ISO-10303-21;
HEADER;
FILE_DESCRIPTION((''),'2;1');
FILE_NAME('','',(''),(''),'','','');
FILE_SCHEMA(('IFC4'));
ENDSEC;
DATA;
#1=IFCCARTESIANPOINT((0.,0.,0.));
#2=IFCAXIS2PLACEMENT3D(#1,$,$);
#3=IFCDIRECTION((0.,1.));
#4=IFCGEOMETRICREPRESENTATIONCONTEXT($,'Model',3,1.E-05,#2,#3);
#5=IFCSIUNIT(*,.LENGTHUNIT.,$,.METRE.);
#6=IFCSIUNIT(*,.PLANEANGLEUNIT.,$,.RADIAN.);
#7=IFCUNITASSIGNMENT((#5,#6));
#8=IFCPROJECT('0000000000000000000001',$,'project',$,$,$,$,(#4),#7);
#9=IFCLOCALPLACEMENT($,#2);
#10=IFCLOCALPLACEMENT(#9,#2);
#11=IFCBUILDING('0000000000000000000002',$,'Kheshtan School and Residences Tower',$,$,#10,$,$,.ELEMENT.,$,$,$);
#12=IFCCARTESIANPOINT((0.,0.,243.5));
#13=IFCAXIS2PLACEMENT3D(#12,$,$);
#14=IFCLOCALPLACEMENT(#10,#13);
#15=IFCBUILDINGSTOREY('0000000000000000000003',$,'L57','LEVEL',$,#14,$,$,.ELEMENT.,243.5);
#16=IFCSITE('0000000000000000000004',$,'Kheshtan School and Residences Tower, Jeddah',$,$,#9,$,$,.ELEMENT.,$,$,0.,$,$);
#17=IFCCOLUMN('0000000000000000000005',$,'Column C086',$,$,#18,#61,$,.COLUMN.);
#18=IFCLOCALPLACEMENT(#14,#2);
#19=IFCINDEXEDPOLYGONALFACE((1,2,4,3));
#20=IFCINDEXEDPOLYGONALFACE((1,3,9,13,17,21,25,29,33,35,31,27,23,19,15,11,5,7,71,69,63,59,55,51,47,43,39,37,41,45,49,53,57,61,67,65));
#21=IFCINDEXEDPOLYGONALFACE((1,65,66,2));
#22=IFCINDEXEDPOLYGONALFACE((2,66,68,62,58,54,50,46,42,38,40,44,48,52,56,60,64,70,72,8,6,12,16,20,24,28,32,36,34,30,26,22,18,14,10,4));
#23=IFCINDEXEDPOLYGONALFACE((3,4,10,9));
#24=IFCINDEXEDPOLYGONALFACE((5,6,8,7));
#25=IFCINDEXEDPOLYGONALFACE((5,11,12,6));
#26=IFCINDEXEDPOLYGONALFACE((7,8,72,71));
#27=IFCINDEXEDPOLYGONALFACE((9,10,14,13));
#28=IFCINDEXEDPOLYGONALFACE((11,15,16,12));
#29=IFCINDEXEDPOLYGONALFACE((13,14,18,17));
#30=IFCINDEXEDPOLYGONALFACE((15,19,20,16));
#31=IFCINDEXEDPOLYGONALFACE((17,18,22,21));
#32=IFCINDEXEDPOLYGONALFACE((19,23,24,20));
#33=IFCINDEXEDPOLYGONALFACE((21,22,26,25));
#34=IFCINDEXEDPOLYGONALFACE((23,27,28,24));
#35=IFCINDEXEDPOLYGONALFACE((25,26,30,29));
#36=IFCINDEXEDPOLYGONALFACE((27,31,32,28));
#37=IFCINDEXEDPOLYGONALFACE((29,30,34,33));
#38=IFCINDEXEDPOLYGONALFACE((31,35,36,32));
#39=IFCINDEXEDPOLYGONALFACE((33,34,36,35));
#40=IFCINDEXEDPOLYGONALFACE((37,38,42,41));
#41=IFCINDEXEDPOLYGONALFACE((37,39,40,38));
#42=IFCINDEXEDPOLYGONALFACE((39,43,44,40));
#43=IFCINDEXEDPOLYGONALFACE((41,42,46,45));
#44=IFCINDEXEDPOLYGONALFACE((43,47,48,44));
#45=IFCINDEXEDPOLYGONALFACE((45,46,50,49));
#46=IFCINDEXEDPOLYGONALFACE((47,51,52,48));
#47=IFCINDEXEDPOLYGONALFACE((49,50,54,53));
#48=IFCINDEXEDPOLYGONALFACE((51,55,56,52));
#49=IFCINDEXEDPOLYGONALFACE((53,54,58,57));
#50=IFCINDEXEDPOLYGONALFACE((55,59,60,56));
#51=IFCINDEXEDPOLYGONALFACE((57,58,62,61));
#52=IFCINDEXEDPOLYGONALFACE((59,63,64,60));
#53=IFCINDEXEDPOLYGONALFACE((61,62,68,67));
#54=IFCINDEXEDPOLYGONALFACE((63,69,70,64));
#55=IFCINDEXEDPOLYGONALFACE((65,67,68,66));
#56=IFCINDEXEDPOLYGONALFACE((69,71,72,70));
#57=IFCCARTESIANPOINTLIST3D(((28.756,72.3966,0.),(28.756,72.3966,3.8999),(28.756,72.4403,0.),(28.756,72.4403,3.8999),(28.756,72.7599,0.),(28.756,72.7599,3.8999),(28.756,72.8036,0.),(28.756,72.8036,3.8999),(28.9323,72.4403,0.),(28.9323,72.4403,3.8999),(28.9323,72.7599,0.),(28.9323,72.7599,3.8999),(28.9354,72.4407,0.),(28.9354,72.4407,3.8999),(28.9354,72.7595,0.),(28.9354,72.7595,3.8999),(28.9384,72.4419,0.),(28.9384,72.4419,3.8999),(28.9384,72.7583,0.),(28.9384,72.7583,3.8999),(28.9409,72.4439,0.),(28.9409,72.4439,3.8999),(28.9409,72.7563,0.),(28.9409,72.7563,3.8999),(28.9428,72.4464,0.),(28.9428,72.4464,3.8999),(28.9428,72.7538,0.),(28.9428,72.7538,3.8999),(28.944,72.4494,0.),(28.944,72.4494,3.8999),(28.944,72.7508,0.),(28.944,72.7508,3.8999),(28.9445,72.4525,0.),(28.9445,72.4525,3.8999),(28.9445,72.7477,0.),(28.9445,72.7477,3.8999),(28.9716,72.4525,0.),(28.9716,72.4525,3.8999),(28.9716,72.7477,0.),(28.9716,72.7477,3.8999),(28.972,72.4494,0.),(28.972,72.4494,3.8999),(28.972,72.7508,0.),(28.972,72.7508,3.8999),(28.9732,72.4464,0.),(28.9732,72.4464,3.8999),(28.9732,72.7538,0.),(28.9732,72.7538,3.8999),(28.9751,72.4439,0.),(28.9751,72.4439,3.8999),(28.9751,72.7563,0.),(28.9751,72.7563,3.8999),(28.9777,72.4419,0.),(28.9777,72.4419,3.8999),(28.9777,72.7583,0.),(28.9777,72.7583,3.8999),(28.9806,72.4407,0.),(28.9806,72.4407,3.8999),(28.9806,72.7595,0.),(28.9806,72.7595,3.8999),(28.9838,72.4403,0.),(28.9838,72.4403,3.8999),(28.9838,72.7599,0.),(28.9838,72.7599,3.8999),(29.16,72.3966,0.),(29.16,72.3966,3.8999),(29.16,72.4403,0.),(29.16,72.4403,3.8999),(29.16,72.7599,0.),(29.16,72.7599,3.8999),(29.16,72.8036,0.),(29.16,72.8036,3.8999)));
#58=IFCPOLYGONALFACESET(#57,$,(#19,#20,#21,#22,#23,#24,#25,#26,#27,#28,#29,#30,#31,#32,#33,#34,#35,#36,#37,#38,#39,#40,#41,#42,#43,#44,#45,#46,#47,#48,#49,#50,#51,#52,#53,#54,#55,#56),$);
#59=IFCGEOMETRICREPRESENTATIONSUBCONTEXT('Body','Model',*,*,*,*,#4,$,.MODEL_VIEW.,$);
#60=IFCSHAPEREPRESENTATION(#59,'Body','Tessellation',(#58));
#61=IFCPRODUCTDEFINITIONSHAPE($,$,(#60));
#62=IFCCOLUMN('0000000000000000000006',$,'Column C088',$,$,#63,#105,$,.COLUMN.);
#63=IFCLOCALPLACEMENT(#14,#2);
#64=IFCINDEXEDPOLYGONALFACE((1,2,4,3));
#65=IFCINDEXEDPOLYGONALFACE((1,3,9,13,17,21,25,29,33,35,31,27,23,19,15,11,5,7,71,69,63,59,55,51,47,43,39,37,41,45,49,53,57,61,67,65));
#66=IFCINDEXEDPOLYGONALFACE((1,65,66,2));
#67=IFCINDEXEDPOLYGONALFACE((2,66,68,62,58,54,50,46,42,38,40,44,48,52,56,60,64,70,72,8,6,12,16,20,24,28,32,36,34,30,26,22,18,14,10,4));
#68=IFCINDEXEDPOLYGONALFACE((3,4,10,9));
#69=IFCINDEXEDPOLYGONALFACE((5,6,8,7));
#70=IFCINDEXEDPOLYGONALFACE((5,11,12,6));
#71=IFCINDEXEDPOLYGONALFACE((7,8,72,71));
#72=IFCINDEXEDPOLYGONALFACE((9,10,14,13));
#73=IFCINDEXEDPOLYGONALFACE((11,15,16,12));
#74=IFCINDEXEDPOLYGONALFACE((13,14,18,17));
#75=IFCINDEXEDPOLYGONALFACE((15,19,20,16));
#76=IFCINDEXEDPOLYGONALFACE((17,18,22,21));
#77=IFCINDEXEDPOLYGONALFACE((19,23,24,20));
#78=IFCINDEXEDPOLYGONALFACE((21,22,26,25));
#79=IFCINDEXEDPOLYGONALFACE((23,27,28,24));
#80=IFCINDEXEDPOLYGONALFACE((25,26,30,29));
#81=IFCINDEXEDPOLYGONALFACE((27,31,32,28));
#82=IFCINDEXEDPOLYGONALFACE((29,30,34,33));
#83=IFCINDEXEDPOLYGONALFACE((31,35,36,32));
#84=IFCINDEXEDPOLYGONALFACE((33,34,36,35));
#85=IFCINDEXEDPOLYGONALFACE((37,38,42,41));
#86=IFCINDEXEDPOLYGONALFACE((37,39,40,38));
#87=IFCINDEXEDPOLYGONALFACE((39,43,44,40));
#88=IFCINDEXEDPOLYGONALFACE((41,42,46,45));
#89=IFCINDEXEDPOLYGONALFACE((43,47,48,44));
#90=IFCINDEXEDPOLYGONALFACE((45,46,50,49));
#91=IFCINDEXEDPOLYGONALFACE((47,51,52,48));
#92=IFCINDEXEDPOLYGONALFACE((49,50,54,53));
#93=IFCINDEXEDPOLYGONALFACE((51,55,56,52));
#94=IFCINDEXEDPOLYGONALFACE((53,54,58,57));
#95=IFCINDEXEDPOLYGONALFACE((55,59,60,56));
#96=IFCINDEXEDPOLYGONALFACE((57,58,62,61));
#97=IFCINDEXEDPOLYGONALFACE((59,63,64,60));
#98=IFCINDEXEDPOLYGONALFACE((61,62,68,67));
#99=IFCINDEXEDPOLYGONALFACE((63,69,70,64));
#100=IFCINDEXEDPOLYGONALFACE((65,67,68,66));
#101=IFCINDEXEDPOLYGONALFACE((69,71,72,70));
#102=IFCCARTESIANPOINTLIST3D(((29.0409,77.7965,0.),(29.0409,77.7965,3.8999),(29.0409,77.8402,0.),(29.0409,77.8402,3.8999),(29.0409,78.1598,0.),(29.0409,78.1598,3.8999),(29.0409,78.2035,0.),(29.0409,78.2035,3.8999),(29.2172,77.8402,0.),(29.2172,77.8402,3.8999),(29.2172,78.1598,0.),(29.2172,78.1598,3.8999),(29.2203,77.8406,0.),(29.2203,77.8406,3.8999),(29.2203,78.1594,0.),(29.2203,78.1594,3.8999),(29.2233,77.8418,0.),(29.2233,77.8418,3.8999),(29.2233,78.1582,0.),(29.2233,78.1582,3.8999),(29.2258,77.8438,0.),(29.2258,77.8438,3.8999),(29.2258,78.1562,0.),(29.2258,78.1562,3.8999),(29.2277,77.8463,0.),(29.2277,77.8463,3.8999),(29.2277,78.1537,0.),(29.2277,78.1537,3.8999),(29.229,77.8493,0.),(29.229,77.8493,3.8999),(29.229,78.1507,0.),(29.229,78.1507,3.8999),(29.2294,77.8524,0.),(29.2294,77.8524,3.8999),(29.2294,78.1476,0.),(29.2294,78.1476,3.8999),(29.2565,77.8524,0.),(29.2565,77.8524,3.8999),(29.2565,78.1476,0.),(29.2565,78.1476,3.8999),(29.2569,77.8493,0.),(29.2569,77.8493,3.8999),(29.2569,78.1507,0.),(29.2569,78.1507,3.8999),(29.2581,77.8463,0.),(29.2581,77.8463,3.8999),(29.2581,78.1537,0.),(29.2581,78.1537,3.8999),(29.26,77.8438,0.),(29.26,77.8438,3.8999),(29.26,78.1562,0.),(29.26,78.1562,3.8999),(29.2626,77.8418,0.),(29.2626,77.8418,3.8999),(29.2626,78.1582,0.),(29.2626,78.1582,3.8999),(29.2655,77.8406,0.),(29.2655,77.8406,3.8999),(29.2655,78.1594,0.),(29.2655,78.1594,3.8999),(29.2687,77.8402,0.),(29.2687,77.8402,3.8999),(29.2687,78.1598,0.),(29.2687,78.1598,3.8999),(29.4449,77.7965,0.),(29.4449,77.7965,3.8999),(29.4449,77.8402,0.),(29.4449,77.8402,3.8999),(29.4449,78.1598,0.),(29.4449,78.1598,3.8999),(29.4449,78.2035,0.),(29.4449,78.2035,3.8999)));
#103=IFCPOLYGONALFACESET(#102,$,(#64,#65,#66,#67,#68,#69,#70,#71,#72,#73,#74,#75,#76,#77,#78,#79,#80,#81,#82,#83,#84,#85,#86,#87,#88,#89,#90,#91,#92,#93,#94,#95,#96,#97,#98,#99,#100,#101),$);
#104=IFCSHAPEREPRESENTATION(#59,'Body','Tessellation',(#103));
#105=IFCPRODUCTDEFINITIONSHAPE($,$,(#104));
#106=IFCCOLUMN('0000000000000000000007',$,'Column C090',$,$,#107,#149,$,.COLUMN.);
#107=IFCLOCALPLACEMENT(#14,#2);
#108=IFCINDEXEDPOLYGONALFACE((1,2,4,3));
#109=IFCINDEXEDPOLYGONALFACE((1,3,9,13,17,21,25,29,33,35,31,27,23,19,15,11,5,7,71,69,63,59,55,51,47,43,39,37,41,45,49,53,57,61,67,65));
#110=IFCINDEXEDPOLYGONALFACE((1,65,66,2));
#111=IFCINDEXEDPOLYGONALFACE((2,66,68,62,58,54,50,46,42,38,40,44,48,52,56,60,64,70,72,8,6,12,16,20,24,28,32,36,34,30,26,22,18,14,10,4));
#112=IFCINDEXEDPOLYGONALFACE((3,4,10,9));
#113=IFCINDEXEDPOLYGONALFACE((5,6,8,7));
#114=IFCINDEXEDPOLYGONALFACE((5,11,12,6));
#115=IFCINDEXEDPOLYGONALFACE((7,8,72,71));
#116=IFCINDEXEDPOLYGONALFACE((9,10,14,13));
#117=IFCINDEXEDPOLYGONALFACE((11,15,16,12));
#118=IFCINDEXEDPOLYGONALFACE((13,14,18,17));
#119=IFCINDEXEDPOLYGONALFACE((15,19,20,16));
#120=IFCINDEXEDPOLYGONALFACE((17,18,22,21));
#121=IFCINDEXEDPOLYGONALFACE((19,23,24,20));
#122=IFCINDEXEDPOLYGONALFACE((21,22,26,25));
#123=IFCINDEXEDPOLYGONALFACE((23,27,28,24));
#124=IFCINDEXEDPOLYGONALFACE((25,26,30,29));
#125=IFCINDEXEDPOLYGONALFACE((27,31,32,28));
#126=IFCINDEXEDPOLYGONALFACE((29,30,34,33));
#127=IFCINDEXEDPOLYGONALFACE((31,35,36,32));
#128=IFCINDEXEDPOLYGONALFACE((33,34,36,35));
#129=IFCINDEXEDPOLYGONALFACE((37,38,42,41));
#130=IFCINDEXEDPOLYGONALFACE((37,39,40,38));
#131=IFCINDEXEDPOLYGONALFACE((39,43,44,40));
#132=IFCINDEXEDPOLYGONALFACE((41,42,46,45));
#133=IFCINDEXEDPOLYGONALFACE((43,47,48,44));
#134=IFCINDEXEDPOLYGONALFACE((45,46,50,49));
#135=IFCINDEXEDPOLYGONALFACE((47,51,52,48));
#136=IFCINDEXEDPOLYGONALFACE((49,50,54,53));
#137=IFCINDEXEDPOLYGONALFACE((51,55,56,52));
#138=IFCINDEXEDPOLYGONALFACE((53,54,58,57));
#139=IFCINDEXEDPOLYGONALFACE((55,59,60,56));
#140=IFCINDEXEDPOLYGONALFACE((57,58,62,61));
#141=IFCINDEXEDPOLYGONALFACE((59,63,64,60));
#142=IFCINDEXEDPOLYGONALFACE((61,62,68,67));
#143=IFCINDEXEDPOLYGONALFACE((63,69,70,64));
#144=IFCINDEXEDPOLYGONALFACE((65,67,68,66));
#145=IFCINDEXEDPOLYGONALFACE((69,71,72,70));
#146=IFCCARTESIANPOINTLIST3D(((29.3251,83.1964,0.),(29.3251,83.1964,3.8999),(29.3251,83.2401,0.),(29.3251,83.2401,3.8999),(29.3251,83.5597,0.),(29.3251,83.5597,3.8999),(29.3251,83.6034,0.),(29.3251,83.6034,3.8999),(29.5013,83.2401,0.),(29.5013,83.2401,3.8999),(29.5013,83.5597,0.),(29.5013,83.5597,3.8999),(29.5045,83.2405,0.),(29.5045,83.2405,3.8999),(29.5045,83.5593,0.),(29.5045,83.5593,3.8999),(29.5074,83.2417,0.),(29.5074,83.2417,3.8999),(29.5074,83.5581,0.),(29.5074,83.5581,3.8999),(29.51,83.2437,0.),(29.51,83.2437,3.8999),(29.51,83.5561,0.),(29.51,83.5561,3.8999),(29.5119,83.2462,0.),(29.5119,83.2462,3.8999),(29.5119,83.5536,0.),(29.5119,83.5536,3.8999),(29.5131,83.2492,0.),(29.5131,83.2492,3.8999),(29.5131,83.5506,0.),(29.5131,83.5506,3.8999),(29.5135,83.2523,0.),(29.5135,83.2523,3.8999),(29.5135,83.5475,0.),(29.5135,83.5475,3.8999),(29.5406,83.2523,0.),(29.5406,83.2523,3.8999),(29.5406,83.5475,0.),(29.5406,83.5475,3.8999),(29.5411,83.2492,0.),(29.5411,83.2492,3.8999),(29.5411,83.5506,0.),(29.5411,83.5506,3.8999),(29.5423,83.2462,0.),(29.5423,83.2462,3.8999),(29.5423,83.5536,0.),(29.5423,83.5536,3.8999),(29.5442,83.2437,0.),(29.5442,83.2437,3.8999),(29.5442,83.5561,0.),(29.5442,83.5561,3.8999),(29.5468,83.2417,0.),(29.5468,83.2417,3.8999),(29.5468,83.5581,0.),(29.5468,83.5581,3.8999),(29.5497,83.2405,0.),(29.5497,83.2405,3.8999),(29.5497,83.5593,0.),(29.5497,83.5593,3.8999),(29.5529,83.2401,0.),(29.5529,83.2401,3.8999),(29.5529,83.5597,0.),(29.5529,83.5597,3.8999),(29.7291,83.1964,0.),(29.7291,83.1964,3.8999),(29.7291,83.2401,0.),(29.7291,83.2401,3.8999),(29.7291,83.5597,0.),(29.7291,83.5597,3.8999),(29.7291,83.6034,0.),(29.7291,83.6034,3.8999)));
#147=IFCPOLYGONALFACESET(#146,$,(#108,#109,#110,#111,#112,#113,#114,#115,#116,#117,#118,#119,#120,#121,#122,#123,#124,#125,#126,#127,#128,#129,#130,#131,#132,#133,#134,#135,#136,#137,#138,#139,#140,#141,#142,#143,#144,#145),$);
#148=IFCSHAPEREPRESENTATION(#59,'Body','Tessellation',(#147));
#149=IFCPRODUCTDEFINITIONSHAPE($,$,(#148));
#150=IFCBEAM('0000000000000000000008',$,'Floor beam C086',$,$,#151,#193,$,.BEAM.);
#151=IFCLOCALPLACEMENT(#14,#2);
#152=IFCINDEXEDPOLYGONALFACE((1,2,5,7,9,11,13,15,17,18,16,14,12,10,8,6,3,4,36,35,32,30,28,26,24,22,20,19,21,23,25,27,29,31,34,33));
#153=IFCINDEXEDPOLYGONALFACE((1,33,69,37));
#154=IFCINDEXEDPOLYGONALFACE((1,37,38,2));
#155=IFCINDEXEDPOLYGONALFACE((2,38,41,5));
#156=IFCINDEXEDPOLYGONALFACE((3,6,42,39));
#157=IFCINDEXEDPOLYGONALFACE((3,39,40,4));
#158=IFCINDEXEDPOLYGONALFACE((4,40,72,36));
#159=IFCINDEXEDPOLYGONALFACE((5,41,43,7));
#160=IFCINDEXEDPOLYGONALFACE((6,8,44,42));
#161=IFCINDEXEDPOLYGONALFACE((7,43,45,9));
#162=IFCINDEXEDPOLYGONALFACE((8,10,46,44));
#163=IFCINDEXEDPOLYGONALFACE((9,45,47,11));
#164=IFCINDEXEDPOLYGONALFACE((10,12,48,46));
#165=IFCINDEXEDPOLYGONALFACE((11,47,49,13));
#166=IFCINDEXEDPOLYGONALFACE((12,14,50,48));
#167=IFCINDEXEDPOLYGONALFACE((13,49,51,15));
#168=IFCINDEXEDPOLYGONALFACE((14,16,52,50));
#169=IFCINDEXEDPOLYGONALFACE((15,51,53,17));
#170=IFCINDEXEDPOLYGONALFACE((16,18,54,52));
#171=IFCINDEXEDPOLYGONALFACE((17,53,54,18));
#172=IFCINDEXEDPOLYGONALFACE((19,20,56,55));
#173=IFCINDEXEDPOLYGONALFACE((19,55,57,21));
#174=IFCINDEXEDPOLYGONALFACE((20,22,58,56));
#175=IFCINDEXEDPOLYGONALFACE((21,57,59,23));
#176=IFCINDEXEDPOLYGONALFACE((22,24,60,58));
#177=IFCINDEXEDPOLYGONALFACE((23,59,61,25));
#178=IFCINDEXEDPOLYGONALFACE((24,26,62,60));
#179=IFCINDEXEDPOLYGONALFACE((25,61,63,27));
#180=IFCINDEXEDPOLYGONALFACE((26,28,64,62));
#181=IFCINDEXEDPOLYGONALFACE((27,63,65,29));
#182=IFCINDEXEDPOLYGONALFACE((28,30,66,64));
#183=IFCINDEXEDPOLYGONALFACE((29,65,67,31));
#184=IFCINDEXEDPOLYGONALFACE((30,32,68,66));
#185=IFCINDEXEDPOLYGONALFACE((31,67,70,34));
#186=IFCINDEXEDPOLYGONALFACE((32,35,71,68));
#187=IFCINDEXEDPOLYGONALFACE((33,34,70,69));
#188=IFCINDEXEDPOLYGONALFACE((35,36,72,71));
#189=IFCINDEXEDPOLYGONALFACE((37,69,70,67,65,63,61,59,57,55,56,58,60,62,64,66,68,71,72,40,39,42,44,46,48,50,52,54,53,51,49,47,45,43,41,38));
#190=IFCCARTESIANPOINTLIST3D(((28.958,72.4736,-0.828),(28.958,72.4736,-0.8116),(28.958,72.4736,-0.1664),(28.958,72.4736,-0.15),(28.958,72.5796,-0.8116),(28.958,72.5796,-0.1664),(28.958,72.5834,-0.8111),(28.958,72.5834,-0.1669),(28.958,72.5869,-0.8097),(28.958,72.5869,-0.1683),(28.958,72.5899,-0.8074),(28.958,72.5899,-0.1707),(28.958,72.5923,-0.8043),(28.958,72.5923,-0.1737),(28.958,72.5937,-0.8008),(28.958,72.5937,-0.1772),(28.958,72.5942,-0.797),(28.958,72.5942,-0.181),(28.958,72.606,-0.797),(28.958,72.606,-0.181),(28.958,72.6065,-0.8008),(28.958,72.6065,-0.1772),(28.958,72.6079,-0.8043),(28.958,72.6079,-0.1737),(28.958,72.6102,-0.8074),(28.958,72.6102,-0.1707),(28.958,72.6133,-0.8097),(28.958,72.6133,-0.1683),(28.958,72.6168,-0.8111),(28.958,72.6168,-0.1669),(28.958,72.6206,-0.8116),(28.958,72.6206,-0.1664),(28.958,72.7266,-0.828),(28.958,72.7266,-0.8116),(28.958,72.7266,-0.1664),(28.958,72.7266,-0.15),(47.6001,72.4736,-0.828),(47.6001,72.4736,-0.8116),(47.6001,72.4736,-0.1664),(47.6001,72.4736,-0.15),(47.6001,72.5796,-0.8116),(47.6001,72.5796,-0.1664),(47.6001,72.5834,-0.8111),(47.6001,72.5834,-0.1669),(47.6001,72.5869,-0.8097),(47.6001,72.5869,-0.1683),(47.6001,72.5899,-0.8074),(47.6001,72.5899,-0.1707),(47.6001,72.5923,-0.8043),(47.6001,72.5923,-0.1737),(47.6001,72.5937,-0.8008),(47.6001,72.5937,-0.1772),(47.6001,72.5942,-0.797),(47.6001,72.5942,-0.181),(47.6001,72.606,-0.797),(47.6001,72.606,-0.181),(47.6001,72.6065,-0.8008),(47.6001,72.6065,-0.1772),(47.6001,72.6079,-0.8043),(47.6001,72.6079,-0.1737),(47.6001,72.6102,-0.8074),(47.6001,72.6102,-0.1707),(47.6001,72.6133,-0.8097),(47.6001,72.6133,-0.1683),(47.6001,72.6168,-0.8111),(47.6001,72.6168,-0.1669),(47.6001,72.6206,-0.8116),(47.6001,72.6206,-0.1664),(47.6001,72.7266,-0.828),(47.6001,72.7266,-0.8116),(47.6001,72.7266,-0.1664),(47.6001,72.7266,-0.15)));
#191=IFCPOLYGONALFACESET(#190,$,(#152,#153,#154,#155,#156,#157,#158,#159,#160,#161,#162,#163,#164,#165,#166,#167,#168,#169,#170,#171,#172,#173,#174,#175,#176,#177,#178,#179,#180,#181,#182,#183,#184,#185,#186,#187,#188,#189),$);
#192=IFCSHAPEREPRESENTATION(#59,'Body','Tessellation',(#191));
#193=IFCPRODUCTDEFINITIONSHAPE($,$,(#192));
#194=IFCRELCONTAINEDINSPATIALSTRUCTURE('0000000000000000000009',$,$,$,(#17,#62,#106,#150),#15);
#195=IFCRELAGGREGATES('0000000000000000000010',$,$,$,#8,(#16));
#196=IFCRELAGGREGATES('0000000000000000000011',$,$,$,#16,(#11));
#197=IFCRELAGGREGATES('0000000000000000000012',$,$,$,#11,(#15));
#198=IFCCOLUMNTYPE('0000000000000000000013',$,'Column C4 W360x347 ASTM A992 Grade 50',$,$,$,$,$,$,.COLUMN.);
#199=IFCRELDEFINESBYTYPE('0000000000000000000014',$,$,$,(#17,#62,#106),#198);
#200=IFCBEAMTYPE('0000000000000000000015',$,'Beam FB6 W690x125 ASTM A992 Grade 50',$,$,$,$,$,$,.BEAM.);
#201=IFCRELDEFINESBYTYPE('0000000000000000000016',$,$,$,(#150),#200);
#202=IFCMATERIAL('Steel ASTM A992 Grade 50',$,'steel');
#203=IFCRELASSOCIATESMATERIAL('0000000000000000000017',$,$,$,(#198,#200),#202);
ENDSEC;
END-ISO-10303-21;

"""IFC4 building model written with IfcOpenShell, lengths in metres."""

from ifc_helpers import new_model, si_unit, direction, frame, origin, origin_2d, place, context, subcontext, project, spatial, i_section, extrude, material, material_profile, profile_set, type_object, element, save


model = new_model("IFC4")

# Units and contexts
model_context = context("Model", 3, precision=1e-05, world=origin(), true_north=direction((0.0, 1.0)))
body_context = subcontext(model_context, "Body", "Model", "MODEL_VIEW")
ifc_project = project(units=[si_unit("LENGTHUNIT", "METRE"), si_unit("PLANEANGLEUNIT", "RADIAN")], contexts=[model_context])

# Site, building, storey
site_placement = place(None, origin())
site = spatial("IfcSite", under=ifc_project, at=site_placement, Name="Kheshtan School and Residences Tower, Jeddah", CompositionType="ELEMENT", RefElevation=0.0)
building_placement = place(site_placement, origin())
building = spatial("IfcBuilding", under=site, at=building_placement, Name="Kheshtan School and Residences Tower", CompositionType="ELEMENT")
storey_placement = place(building_placement, frame((0.0, 0.0, 243.5)))
storey = spatial("IfcBuildingStorey", under=building, at=storey_placement, Name="L57", Description="LEVEL", CompositionType="ELEMENT", Elevation=243.5)

# Columns
ifc_material_1 = material(Name="Steel ASTM A992 Grade 50", Category="steel")
ifc_material_profile_1 = material_profile(ifc_material_1, i_section(OverallWidth=0.4041, OverallDepth=0.407, WebThickness=0.0271, FlangeThickness=0.0437, FilletRadius=0.0122, at=origin_2d()), Name="W360x347")
ifc_profile_set_1 = profile_set([ifc_material_profile_1], Name="Steel ASTM A992 Grade 50")
column_type = type_object("IfcColumnType", Name="Column C4 W360x347 ASTM A992 Grade 50", PredefinedType="COLUMN", material=ifc_profile_set_1)
for number, where, z_axis, x_axis, name in (
    (1, (28.958, 72.6001, 0.0), (0.0, 0.0, 1.0), (1.0, 0.0, 0.0), "Column C086"),
    (2, (29.2429, 78.0, 0.0), (0.0, 0.0, 1.0), (1.0, 0.0, 0.0), "Column C088"),
    (3, (29.5271, 83.3999, 0.0), (0.0, 0.0, 1.0), (1.0, 0.0, 0.0), "Column C090"),
):
    element("IfcColumn", number, at=place(storey_placement, frame(where, z_axis=z_axis, x_axis=x_axis)), inside=storey, type_object=column_type, Name=name, PredefinedType="COLUMN", context=body_context, shape_type="SweptSolid", body=[
        extrude(i_section(OverallWidth=0.4041, OverallDepth=0.407, WebThickness=0.0271, FlangeThickness=0.0437, FilletRadius=0.0122, at=origin_2d()), origin(), (0.0, 0.0, 1.0), 3.8999),
    ])

# Beam
ifc_material_profile_2 = material_profile(ifc_material_1, i_section(OverallWidth=0.2529, OverallDepth=0.678, WebThickness=0.0117, FlangeThickness=0.0164, FilletRadius=0.0146, at=origin_2d()), Name="W690x125")
ifc_profile_set_2 = profile_set([ifc_material_profile_2], Name="Steel ASTM A992 Grade 50")
beam_type_1 = type_object("IfcBeamType", Name="Beam FB6 W690x125 ASTM A992 Grade 50", PredefinedType="BEAM", material=ifc_profile_set_2)
beam_1_placement = place(storey_placement, frame((28.958, 72.6001, -0.489), z_axis=(1.0, 0.0, 0.0), x_axis=(0.0, 1.0, 0.0)))
element("IfcBeam", 4, at=beam_1_placement, inside=storey, type_object=beam_type_1, Name="Floor beam C086", PredefinedType="BEAM", context=body_context, shape_type="SweptSolid", body=[
    extrude(i_section(OverallWidth=0.2529, OverallDepth=0.678, WebThickness=0.0117, FlangeThickness=0.0164, FilletRadius=0.0146, at=origin_2d()), origin(), (0.0, 0.0, 1.0), 18.6421),
])

save(model, "model.ifc")
